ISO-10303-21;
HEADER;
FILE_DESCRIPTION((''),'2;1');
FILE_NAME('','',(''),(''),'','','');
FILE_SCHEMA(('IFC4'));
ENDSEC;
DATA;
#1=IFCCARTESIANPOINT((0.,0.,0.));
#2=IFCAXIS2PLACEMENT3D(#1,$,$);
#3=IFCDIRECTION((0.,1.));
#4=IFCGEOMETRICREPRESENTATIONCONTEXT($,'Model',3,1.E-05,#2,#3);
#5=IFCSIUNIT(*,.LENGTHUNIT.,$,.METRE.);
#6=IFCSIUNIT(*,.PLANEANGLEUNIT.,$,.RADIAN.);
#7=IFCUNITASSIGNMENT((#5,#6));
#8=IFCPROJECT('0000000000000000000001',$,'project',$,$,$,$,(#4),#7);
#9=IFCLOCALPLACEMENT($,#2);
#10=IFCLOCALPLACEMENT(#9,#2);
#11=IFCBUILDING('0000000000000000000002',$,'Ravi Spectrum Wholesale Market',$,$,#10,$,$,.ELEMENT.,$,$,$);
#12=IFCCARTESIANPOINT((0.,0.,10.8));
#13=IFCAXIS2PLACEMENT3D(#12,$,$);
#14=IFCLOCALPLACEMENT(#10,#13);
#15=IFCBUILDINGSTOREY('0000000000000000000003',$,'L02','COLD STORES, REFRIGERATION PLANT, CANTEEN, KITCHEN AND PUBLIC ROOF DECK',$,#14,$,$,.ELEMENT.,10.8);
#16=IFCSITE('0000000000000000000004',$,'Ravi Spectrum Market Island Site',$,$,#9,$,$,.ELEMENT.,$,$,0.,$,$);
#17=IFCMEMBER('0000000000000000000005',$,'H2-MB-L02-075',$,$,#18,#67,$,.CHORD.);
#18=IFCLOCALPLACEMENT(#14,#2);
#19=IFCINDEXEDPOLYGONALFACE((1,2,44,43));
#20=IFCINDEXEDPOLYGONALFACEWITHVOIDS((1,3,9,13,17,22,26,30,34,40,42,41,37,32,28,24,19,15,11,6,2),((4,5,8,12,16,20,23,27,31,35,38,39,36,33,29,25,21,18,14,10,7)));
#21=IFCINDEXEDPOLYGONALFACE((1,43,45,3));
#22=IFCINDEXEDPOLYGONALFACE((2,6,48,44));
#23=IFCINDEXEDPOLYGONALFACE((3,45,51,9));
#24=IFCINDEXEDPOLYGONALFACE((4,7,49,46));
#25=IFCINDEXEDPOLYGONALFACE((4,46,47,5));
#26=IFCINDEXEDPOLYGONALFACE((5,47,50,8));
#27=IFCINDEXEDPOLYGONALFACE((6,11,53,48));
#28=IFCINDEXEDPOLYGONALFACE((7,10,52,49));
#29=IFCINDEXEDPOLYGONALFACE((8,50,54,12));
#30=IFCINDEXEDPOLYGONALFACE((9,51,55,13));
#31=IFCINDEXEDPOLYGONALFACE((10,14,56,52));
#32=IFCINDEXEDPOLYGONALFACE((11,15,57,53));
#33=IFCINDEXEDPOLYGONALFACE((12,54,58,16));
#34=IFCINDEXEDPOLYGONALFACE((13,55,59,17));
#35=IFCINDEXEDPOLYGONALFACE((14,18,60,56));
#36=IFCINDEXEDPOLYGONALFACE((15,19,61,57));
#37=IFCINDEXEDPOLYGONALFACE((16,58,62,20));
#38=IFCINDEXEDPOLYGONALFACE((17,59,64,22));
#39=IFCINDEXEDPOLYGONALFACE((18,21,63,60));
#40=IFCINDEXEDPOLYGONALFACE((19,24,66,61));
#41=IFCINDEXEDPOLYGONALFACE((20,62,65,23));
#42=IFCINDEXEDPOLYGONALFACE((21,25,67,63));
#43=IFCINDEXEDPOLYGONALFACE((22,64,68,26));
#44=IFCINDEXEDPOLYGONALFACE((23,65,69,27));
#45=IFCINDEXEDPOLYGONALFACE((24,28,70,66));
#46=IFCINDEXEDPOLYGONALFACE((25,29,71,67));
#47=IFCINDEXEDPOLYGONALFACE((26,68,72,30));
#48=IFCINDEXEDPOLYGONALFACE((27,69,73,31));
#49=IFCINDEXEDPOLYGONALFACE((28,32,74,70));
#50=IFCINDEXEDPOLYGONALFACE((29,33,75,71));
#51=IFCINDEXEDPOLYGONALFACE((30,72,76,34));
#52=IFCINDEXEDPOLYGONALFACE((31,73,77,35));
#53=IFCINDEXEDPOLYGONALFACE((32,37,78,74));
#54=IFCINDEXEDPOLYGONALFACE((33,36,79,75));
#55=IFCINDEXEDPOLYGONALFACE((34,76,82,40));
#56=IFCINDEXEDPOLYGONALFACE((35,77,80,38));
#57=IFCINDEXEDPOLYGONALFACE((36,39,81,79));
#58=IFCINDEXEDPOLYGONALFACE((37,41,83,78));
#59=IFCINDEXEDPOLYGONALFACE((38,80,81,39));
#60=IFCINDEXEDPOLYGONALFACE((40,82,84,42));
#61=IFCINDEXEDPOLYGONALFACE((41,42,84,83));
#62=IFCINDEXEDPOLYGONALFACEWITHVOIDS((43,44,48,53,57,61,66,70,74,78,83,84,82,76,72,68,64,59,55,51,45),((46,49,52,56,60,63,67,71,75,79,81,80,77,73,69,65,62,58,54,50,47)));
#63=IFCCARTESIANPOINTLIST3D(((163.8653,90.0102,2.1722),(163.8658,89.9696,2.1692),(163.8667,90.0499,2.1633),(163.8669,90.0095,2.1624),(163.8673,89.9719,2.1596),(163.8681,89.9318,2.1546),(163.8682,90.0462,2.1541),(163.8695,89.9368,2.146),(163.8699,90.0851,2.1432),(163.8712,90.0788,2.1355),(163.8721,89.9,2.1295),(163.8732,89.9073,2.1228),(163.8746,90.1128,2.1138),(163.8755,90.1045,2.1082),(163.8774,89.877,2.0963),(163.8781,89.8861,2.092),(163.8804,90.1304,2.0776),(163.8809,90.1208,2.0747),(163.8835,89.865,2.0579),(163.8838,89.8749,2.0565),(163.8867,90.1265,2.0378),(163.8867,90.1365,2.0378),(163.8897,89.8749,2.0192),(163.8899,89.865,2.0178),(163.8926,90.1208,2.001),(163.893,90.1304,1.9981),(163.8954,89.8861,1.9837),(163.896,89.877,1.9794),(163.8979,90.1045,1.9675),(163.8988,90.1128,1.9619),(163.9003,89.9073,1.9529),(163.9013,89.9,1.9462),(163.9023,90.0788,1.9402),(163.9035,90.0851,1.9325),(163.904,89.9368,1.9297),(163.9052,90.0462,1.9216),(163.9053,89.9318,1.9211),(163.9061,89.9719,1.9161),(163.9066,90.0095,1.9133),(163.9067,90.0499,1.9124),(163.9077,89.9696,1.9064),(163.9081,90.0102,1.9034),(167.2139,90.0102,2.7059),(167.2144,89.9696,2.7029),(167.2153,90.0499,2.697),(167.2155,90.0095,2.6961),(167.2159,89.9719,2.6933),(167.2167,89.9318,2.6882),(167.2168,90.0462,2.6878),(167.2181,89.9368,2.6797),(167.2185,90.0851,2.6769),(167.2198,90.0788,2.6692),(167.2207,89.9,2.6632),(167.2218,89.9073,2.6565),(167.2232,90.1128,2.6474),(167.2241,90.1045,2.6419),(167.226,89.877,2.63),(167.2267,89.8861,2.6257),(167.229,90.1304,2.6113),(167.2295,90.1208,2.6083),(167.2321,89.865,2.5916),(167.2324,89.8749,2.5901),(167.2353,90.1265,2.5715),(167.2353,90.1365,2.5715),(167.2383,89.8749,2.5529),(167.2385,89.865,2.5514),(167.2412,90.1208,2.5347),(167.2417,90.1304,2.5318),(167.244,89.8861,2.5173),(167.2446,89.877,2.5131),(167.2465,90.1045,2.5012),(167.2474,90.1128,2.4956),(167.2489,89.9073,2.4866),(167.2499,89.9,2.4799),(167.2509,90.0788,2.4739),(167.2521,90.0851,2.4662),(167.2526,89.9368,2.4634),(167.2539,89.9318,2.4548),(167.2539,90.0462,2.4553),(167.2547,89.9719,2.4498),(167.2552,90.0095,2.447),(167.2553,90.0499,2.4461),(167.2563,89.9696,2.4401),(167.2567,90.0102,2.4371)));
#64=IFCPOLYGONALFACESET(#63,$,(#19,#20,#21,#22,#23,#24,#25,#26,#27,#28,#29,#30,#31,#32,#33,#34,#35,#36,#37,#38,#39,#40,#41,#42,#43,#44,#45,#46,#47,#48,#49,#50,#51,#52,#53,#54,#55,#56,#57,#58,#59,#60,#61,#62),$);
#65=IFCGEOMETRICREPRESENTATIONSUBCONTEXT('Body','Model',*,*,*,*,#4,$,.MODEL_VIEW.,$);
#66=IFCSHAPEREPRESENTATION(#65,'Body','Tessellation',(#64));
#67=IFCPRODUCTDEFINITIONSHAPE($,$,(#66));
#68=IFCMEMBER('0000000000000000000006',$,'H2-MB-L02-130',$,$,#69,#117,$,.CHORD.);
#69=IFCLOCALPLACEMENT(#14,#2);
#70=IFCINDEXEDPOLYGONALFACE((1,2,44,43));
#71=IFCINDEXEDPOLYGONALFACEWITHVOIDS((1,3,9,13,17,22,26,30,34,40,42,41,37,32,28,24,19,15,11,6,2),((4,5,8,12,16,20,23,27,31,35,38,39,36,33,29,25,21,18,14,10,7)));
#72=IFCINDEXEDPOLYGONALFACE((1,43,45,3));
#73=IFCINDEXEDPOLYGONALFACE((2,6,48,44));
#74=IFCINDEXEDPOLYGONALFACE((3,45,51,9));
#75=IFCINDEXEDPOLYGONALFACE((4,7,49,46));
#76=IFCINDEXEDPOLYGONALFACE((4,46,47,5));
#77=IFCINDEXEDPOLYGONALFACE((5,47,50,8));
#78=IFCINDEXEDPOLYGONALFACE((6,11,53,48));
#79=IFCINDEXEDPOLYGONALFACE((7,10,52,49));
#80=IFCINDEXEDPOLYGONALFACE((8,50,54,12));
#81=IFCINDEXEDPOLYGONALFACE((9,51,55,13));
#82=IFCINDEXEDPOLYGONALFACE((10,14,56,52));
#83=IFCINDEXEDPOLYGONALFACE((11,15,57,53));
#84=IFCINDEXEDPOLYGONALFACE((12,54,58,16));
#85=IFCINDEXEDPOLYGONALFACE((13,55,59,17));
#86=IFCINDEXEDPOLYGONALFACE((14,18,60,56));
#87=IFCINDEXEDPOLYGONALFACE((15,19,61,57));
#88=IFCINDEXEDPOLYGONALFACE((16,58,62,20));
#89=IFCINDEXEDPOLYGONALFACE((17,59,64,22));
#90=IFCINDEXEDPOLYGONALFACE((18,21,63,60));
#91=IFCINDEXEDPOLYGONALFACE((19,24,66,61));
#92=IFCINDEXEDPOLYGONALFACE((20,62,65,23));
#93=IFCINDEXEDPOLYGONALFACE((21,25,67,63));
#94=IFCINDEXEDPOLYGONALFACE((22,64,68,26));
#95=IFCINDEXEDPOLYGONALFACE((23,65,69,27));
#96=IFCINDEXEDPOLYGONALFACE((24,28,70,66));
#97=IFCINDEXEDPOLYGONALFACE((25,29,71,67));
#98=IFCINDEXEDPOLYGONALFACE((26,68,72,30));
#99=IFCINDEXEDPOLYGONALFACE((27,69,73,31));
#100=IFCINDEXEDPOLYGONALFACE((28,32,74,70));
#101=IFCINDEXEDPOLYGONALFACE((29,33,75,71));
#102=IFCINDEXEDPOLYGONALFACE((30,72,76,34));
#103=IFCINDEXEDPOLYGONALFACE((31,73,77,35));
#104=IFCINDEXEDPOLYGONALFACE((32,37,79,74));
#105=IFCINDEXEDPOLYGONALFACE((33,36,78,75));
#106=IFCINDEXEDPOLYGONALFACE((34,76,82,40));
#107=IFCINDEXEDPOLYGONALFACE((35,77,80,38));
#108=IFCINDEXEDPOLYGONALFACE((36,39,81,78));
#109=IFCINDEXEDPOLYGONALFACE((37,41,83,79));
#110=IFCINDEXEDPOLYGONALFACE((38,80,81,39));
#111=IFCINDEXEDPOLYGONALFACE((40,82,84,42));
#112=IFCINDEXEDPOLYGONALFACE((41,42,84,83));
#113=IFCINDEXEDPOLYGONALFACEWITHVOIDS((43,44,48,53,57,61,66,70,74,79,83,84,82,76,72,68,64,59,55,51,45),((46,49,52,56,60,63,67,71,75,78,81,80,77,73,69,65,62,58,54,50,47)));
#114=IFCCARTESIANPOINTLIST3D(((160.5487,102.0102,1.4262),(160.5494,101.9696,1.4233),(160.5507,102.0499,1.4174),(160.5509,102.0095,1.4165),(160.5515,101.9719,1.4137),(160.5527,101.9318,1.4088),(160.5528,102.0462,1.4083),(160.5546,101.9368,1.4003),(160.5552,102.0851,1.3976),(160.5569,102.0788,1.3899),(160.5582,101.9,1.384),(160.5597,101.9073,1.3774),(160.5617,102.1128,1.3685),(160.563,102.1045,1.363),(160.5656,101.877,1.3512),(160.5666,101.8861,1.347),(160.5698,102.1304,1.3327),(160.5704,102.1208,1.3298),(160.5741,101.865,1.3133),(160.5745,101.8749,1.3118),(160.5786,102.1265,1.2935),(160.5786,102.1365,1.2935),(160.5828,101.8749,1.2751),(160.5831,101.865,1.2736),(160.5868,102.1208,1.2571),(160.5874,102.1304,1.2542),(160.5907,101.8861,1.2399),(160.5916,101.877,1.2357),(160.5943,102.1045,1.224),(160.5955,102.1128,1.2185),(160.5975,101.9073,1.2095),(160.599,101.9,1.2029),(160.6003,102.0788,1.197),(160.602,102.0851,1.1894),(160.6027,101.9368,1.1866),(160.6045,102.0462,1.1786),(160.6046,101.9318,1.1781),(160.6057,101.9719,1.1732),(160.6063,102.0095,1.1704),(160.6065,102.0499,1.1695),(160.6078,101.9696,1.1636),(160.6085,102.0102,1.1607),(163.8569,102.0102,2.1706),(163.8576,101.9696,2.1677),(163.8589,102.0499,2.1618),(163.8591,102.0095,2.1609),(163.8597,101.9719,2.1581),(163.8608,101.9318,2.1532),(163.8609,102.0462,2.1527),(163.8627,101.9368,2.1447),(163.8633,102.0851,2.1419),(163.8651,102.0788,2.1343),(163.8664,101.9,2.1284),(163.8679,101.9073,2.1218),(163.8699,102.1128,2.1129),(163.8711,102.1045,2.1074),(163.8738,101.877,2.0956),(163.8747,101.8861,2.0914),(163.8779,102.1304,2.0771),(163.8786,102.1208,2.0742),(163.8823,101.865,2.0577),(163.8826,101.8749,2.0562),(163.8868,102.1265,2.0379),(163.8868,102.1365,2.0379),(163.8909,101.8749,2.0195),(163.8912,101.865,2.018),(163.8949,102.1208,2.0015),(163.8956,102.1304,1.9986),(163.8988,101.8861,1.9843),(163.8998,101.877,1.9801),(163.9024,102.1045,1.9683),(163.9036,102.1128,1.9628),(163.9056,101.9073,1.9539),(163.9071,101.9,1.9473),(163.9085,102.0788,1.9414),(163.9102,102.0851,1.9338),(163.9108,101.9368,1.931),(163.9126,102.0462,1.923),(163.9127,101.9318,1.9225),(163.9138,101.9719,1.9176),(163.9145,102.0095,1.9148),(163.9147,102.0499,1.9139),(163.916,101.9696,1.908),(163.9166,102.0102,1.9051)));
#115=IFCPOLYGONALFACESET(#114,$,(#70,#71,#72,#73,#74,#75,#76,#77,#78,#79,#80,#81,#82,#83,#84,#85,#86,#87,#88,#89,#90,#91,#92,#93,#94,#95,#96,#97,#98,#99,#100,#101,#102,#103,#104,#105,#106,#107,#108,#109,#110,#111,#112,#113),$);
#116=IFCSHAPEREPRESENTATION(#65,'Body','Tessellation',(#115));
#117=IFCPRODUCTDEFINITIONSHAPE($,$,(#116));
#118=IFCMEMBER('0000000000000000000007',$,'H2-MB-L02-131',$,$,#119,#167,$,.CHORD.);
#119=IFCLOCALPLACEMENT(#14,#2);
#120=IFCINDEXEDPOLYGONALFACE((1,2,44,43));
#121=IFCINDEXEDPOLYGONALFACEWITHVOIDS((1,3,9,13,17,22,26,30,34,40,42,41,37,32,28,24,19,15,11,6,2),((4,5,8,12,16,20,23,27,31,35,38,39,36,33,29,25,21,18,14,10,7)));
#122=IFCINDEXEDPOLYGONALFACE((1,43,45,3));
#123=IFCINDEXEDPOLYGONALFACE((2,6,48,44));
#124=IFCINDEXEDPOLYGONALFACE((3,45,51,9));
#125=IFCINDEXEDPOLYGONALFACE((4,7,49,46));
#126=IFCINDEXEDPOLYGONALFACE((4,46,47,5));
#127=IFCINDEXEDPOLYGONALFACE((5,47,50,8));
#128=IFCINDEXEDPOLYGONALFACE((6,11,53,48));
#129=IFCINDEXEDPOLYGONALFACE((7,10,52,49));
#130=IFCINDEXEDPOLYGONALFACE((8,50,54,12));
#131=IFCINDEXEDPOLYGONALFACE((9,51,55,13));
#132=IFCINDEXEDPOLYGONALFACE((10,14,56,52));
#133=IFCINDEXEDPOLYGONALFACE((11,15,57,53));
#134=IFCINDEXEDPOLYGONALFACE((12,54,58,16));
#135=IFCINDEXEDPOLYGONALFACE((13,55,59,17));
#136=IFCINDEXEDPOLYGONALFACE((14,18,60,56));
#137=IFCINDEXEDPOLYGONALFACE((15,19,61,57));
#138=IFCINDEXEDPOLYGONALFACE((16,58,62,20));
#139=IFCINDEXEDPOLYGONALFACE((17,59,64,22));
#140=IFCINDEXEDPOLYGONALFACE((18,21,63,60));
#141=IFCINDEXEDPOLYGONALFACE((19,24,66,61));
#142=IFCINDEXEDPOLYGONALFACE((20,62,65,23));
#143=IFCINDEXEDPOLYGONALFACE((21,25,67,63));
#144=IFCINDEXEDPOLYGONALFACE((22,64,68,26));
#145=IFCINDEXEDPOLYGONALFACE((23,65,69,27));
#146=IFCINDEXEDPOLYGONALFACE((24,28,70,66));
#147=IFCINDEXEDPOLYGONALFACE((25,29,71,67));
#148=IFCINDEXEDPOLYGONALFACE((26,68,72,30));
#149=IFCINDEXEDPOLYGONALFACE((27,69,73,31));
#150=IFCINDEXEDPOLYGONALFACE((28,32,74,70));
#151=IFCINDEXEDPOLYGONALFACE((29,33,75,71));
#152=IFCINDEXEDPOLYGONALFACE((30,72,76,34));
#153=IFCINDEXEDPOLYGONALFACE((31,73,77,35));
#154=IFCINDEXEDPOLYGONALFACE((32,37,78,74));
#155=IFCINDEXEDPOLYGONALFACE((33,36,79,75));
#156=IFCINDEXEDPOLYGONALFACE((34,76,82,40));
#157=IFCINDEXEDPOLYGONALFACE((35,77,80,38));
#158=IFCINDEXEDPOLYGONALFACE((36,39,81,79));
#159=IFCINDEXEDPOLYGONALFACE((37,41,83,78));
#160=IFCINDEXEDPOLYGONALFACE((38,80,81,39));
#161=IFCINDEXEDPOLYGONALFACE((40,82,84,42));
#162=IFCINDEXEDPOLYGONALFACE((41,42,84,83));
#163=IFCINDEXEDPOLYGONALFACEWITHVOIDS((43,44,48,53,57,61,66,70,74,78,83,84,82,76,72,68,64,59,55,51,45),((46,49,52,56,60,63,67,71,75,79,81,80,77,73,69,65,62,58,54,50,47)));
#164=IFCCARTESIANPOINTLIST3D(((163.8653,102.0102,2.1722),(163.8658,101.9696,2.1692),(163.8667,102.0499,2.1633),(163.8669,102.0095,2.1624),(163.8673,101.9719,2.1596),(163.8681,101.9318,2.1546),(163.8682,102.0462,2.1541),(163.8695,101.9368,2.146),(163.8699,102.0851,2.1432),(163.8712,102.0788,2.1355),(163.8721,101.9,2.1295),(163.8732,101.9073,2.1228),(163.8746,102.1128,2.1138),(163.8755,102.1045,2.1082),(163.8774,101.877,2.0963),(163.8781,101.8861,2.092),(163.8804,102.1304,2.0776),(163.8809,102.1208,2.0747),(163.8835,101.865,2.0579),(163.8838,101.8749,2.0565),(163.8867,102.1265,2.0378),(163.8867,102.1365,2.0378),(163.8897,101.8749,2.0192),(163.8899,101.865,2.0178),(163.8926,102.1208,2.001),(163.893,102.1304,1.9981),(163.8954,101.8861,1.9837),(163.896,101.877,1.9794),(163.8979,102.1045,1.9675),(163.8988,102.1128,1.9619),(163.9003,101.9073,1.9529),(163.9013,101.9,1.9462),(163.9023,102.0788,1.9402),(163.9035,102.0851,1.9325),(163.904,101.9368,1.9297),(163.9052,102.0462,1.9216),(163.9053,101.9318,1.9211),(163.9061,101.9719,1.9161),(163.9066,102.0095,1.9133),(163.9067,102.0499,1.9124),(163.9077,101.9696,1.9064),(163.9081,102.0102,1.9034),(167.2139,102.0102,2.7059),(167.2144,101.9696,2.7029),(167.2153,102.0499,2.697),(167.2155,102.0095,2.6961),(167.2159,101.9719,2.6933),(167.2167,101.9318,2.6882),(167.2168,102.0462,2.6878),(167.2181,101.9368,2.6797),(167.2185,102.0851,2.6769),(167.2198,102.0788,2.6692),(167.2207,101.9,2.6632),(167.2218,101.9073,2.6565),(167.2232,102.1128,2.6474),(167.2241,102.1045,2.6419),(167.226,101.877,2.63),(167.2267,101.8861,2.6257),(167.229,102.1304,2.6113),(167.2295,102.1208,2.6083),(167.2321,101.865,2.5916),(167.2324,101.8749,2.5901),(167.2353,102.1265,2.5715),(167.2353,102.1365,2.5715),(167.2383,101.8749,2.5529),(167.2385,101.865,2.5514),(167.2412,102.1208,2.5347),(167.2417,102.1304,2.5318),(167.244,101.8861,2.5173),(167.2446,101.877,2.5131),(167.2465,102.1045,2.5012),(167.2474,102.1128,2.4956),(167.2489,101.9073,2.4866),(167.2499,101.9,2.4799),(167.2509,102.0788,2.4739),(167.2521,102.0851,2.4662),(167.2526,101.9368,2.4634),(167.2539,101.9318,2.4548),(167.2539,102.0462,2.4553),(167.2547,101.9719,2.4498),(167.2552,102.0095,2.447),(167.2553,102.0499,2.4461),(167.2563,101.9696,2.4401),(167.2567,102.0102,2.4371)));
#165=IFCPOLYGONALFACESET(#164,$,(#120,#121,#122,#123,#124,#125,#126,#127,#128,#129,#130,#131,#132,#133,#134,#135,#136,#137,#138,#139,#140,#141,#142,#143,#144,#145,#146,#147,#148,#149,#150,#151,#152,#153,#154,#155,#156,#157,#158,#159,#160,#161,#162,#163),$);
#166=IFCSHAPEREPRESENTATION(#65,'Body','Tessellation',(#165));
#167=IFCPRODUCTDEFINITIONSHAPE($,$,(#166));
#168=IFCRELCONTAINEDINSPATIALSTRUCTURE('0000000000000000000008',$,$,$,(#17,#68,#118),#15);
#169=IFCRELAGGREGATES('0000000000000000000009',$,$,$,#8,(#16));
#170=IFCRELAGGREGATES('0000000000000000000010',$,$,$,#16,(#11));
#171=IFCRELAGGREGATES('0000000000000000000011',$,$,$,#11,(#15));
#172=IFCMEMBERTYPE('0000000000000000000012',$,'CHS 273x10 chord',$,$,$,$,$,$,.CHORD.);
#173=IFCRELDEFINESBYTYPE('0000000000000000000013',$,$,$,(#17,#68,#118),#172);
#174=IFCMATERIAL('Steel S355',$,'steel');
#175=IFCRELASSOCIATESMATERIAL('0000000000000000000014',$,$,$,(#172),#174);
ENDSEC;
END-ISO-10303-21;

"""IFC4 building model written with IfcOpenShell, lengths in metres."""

from ifc_helpers import new_model, si_unit, direction, frame, origin, origin_2d, place, context, subcontext, project, spatial, hollow_circle, extrude, material, material_profile, profile_set, type_object, element, save


model = new_model("IFC4")

# Units and contexts
model_context = context("Model", 3, precision=1e-05, world=origin(), true_north=direction((0.0, 1.0)))
body_context = subcontext(model_context, "Body", "Model", "MODEL_VIEW")
ifc_project = project(units=[si_unit("LENGTHUNIT", "METRE"), si_unit("PLANEANGLEUNIT", "RADIAN")], contexts=[model_context])

# Site, building, storey
site_placement = place(None, origin())
site = spatial("IfcSite", under=ifc_project, at=site_placement, Name="Ravi Spectrum Market Island Site", CompositionType="ELEMENT", RefElevation=0.0)
building_placement = place(site_placement, origin())
building = spatial("IfcBuilding", under=site, at=building_placement, Name="Ravi Spectrum Wholesale Market", CompositionType="ELEMENT")
storey_placement = place(building_placement, frame((0.0, 0.0, 10.8)))
storey = spatial("IfcBuildingStorey", under=building, at=storey_placement, Name="L02", Description="COLD STORES, REFRIGERATION PLANT, CANTEEN, KITCHEN AND PUBLIC ROOF DECK", CompositionType="ELEMENT", Elevation=10.8)

# Members
ifc_material_1 = material(Name="Steel S355", Category="steel")
ifc_material_profile_1 = material_profile(ifc_material_1, hollow_circle(Radius=0.1365, WallThickness=0.01, at=origin_2d()))
ifc_profile_set_1 = profile_set([ifc_material_profile_1], Name="Steel S355")
member_type_1 = type_object("IfcMemberType", Name="CHS 273x10 chord", PredefinedType="CHORD", material=ifc_profile_set_1)
for number, where, z_axis, x_axis, name in (
    (1, (163.8867, 90.0, 2.0378), (0.987537, 0.0, 0.15739), (0.0, 1.0, 0.0), "H2-MB-L02-075"),
    (2, (160.5786, 102.0, 1.2935), (0.975606, 0.0, 0.219529), (0.0, 1.0, 0.0), "H2-MB-L02-130"),
    (3, (163.8867, 102.0, 2.0378), (0.987537, 0.0, 0.15739), (0.0, 1.0, 0.0), "H2-MB-L02-131"),
):
    element("IfcMember", number, at=place(storey_placement, frame(where, z_axis=z_axis, x_axis=x_axis)), inside=storey, type_object=member_type_1, Name=name, PredefinedType="CHORD", context=body_context, shape_type="SweptSolid", body=[
        extrude(hollow_circle(Radius=0.1365, WallThickness=0.01, at=origin_2d()), origin(), (0.0, 0.0, 1.0), 3.3909),
    ])

save(model, "model.ifc")
